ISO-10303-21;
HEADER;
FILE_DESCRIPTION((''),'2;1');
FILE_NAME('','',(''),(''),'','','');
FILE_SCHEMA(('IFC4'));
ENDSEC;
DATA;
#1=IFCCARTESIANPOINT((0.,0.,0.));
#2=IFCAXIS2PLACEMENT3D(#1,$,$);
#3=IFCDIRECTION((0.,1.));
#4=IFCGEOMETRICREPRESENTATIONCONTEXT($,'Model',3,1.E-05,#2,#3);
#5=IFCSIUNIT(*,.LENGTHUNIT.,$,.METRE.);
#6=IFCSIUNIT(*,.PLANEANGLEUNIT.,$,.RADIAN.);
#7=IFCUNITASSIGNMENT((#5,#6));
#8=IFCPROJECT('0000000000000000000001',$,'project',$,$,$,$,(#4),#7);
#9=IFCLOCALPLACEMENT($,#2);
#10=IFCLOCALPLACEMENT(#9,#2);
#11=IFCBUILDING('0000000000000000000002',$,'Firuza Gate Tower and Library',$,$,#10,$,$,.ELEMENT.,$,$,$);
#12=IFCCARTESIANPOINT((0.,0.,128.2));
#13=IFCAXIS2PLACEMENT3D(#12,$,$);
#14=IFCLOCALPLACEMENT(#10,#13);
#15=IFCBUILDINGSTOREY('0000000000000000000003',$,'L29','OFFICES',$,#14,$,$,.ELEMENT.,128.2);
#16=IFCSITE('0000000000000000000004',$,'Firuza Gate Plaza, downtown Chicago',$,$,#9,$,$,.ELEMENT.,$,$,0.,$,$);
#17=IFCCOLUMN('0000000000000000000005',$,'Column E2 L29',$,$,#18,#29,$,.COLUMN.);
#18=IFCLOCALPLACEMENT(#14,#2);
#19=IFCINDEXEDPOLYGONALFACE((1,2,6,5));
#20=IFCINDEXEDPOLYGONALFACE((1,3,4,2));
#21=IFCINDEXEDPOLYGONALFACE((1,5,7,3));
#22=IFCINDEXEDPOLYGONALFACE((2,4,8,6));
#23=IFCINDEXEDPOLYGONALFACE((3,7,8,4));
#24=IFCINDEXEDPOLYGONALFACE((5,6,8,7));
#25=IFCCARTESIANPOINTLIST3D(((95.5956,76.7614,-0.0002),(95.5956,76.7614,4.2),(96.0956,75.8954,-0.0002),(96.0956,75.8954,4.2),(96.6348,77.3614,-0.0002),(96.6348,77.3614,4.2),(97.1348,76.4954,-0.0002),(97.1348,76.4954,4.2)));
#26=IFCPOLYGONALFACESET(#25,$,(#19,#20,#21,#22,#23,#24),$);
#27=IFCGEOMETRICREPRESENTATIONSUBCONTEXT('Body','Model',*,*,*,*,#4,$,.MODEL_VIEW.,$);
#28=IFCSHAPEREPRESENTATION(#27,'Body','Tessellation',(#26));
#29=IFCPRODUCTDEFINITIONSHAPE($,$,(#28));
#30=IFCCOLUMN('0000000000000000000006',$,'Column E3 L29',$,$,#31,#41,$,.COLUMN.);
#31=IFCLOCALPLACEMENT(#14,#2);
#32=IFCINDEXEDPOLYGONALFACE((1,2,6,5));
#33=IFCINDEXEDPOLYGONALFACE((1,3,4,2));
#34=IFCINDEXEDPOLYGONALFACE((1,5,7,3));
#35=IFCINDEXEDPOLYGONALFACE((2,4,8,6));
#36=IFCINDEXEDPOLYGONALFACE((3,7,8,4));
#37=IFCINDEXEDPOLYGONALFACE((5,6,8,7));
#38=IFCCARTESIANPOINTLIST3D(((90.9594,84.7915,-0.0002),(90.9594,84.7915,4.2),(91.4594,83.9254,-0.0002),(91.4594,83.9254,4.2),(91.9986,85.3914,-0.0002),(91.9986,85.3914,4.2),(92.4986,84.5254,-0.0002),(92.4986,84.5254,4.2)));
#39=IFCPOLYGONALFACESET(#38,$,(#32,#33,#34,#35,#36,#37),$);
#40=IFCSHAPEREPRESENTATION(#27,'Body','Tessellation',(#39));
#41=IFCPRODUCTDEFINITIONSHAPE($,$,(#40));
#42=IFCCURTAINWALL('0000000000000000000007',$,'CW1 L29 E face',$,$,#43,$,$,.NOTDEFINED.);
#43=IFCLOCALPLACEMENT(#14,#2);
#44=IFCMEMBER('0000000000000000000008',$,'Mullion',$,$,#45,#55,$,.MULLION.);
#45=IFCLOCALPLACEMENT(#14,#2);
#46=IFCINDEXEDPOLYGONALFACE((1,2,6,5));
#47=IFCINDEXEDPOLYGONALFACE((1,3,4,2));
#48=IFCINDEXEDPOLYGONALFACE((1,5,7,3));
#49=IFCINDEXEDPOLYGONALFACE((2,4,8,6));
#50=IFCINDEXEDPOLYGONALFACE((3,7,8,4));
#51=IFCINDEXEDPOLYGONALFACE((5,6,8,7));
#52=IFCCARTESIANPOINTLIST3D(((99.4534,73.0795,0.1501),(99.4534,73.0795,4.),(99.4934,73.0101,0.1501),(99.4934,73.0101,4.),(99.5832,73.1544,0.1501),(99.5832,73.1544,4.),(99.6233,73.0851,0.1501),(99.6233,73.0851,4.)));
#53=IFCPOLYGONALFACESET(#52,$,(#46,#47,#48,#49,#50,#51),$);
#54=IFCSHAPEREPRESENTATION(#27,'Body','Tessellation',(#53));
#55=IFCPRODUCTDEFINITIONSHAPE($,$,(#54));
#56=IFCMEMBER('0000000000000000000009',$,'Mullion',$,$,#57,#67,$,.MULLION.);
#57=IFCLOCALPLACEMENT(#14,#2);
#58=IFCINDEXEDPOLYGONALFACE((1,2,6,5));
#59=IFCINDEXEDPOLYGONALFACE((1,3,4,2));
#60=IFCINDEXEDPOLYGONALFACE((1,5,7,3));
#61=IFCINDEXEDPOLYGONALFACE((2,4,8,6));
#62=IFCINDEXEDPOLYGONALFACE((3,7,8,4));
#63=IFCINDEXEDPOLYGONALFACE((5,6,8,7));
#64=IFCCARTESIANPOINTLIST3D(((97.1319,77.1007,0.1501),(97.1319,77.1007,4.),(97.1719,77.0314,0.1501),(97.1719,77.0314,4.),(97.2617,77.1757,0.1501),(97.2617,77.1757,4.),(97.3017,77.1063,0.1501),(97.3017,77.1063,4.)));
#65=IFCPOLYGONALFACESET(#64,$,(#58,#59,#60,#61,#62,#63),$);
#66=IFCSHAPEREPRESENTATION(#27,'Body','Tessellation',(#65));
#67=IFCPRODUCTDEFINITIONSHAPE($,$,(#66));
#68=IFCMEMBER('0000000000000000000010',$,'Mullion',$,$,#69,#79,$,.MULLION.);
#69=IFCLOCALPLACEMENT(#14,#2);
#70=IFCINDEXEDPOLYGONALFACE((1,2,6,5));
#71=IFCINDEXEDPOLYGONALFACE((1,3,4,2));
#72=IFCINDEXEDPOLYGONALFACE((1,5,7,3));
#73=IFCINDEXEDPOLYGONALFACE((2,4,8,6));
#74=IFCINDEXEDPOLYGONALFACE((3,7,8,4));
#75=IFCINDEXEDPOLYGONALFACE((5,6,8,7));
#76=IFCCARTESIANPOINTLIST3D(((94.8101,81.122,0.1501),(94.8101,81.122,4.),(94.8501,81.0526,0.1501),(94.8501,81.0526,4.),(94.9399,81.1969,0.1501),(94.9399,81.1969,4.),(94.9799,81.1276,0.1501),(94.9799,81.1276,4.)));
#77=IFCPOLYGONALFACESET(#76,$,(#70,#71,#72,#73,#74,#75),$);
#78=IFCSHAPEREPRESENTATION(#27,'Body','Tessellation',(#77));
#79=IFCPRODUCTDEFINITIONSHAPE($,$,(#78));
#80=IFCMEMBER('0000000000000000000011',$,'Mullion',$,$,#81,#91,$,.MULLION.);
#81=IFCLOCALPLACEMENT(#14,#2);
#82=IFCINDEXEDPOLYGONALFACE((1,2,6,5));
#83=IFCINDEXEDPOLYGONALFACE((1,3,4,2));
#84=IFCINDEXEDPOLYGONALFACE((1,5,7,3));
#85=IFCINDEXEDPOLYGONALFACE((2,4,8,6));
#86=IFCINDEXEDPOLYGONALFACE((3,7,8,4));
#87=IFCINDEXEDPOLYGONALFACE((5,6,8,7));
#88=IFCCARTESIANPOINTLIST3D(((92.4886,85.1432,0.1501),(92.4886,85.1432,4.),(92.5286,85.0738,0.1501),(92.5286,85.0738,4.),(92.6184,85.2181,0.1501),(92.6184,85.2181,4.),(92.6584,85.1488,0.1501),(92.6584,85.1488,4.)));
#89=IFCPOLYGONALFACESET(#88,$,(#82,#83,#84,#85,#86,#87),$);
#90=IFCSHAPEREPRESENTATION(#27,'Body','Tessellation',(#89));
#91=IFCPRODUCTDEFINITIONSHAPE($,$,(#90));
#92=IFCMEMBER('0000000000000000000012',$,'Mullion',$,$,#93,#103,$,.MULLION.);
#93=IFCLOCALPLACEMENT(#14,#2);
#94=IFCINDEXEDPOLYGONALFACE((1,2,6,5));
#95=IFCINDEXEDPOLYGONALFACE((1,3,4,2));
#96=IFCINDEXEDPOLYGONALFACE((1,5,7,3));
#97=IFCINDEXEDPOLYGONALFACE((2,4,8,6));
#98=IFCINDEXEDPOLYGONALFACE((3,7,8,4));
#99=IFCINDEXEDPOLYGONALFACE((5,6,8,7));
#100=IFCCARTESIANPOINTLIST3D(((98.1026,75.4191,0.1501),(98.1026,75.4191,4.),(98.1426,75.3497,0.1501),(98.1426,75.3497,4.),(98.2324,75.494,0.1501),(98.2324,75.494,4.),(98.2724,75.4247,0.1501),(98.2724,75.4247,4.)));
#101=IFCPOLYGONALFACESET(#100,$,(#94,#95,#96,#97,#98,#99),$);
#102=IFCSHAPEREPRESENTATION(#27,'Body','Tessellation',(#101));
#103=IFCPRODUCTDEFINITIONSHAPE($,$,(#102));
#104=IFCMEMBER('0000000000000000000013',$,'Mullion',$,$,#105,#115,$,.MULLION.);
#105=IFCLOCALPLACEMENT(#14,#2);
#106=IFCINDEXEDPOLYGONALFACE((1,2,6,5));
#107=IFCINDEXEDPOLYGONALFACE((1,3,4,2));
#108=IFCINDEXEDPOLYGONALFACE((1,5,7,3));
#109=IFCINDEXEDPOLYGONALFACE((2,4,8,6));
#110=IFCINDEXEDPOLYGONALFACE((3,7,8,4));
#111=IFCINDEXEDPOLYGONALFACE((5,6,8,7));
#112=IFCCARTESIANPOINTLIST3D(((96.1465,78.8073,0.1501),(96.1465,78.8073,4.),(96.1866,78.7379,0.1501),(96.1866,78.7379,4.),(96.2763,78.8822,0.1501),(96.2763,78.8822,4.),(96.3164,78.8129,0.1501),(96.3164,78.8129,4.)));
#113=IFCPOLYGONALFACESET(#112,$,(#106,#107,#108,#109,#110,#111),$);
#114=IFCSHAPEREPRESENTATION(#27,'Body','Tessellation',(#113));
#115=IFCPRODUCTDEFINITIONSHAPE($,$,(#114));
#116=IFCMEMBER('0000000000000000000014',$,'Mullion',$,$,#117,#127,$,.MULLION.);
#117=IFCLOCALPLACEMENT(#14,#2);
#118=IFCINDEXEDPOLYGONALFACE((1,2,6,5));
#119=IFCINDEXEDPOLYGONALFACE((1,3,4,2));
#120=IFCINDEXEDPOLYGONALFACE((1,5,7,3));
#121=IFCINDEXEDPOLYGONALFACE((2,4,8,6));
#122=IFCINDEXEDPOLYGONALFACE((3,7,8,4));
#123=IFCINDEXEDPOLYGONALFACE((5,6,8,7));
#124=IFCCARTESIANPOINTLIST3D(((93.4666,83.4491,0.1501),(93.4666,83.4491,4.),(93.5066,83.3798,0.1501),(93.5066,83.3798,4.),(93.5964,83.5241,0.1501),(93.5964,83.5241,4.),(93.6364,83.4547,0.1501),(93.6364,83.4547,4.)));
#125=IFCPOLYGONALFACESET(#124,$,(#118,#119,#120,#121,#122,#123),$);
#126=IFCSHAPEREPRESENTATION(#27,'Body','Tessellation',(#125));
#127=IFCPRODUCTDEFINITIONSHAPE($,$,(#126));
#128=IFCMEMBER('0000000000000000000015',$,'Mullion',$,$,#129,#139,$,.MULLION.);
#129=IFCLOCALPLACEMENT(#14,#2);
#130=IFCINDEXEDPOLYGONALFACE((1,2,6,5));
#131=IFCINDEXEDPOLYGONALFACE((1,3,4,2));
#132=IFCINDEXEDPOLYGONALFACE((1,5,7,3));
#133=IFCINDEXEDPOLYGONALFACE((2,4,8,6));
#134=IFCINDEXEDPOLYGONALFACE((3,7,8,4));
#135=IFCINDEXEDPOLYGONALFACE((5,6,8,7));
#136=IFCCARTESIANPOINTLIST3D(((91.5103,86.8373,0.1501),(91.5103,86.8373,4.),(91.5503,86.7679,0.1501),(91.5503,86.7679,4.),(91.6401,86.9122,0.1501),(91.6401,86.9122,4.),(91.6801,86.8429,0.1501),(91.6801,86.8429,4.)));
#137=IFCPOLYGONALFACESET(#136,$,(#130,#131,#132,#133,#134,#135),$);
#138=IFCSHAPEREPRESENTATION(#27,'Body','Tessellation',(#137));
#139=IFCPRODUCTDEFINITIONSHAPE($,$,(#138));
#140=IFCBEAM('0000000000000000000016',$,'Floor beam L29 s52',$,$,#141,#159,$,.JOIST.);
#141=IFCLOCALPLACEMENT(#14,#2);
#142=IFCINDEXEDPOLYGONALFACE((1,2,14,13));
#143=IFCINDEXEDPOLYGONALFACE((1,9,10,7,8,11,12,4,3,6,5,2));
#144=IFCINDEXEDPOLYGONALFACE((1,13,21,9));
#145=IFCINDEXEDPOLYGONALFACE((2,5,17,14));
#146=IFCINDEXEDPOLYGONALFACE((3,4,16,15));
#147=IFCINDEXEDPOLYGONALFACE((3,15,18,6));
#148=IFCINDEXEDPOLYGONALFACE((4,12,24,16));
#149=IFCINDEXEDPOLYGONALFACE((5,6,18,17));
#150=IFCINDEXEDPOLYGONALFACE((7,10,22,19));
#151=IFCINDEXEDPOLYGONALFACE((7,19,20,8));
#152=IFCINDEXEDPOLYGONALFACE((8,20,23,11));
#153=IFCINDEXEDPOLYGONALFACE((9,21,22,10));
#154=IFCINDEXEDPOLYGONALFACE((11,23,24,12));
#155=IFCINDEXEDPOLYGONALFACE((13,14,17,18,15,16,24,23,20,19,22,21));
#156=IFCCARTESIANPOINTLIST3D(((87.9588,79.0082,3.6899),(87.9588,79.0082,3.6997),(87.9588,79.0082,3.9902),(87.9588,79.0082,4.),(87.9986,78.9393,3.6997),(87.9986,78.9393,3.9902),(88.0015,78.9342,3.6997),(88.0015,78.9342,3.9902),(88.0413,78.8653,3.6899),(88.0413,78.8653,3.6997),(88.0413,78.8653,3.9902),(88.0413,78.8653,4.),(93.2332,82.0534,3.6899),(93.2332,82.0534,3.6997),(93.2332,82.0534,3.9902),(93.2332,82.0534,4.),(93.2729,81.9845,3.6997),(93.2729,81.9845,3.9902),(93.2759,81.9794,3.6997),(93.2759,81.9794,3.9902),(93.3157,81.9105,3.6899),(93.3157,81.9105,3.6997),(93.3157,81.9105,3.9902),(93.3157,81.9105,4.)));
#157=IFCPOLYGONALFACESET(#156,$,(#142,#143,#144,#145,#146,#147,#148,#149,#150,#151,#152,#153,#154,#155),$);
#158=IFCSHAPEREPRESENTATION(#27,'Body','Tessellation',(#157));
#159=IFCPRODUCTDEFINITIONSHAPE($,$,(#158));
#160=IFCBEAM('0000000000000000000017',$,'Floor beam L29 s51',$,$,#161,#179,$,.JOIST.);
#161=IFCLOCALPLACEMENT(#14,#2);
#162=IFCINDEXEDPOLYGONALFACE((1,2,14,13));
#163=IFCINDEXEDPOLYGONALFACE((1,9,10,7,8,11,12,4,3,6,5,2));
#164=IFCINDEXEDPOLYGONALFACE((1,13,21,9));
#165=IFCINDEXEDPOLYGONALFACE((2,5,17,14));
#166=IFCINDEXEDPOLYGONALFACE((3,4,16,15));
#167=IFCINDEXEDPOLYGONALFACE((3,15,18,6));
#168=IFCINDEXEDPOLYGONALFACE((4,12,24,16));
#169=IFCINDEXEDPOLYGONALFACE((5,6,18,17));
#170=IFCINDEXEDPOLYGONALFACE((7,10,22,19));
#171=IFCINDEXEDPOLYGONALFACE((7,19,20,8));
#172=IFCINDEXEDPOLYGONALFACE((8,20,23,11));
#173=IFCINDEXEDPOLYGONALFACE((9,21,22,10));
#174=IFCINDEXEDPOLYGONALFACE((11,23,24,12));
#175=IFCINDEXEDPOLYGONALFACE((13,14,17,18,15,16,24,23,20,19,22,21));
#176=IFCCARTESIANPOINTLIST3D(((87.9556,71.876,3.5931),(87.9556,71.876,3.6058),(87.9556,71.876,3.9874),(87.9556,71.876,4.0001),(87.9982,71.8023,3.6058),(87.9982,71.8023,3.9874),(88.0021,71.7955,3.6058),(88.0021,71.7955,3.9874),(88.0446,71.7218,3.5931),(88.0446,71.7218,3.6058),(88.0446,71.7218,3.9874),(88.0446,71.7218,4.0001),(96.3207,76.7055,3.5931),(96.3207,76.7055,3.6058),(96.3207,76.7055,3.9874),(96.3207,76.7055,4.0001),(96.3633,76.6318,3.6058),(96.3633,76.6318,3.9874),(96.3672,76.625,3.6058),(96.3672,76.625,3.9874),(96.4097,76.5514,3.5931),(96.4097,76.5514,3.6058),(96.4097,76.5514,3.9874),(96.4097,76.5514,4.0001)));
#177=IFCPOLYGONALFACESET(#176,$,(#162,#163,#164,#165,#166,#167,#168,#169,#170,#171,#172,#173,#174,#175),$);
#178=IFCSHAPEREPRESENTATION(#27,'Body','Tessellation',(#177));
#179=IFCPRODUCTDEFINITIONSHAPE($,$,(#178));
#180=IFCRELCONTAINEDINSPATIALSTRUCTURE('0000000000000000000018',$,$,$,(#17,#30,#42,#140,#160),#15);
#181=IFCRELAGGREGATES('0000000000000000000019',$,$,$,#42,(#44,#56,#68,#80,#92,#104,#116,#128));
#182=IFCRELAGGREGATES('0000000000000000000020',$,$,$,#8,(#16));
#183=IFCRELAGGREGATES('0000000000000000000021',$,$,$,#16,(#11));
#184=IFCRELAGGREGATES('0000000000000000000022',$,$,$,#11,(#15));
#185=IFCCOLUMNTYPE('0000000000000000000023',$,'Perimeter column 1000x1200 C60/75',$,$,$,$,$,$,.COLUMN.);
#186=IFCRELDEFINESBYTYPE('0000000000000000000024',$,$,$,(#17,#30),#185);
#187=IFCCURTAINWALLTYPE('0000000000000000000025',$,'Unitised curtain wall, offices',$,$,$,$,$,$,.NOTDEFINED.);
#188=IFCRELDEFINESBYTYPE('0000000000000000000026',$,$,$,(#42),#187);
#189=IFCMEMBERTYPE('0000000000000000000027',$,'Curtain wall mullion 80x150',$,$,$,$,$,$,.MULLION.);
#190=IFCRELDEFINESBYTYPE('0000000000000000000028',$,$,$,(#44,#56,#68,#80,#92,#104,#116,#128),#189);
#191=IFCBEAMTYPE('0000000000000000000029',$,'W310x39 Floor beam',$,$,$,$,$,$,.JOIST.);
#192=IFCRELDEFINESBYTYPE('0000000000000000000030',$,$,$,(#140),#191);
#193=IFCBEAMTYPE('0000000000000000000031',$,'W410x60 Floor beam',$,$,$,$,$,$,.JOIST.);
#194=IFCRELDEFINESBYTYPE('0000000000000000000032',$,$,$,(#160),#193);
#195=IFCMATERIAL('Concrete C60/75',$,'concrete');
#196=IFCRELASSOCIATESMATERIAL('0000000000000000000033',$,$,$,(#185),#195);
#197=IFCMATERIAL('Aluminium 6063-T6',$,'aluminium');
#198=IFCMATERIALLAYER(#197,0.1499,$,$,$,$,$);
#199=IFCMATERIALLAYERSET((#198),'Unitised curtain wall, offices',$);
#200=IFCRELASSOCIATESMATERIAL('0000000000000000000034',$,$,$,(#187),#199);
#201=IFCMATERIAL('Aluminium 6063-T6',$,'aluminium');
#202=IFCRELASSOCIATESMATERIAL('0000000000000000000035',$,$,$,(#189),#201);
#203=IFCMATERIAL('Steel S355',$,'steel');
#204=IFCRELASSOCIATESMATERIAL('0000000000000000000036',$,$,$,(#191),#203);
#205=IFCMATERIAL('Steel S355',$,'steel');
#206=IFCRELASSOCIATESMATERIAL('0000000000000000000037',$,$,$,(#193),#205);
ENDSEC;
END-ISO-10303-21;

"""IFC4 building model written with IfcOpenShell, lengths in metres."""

from ifc_helpers import new_model, si_unit, direction, frame, origin, origin_2d, place, context, subcontext, project, spatial, rectangle, i_section, extrude, material, layer, layer_set, material_profile, profile_set, type_object, element, aggregate, save


model = new_model("IFC4")

# Units and contexts
model_context = context("Model", 3, precision=1e-05, world=origin(), true_north=direction((0.0, 1.0)))
body_context = subcontext(model_context, "Body", "Model", "MODEL_VIEW")
ifc_project = project(units=[si_unit("LENGTHUNIT", "METRE"), si_unit("PLANEANGLEUNIT", "RADIAN")], contexts=[model_context])

# Site, building, storey
site_placement = place(None, origin())
site = spatial("IfcSite", under=ifc_project, at=site_placement, Name="Firuza Gate Plaza, downtown Chicago", CompositionType="ELEMENT", RefElevation=0.0)
building_placement = place(site_placement, origin())
building = spatial("IfcBuilding", under=site, at=building_placement, Name="Firuza Gate Tower and Library", CompositionType="ELEMENT")
storey_placement = place(building_placement, frame((0.0, 0.0, 128.2)))
storey = spatial("IfcBuildingStorey", under=building, at=storey_placement, Name="L29", Description="OFFICES", CompositionType="ELEMENT", Elevation=128.2)

# Columns
ifc_material_1 = material(Name="Concrete C60/75", Category="concrete")
ifc_material_profile_1 = material_profile(ifc_material_1, rectangle(XDim=1.0, YDim=1.2, at=origin_2d()))
ifc_profile_set_1 = profile_set([ifc_material_profile_1], Name="Concrete C60/75")
column_type = type_object("IfcColumnType", Name="Perimeter column 1000x1200 C60/75", PredefinedType="COLUMN", material=ifc_profile_set_1)
for number, where, z_axis, x_axis, name in (
    (1, (96.3652, 76.6284, -0.0002), (0.0, 0.0, 1.0), (-0.5, 0.866025, 0.0), "Column E2 L29"),
    (2, (91.729, 84.6584, -0.0002), (0.0, 0.0, 1.0), (-0.5, 0.866025, 0.0), "Column E3 L29"),
):
    element("IfcColumn", number, at=place(storey_placement, frame(where, z_axis=z_axis, x_axis=x_axis)), inside=storey, type_object=column_type, Name=name, PredefinedType="COLUMN", context=body_context, shape_type="SweptSolid", body=[
        extrude(rectangle(XDim=1.0, YDim=1.2, at=origin_2d()), origin(), (0.0, 0.0, 1.0), 4.2002),
    ])

# Curtain wall, members
ifc_material_2 = material(Name="Aluminium 6063-T6", Category="aluminium")
ifc_layer_1 = layer(ifc_material_2, 0.1499)
ifc_layer_set_1 = layer_set([ifc_layer_1], Name="Unitised curtain wall, offices")
curtain_wall_type = type_object("IfcCurtainWallType", Name="Unitised curtain wall, offices", PredefinedType="NOTDEFINED", material=ifc_layer_set_1)
curtain_wall_placement = place(storey_placement, origin())
curtain_wall = element("IfcCurtainWall", 3, at=curtain_wall_placement, inside=storey, type_object=curtain_wall_type, Name="CW1 L29 E face", PredefinedType="NOTDEFINED")
ifc_material_3 = material(Name="Aluminium 6063-T6", Category="aluminium")
ifc_material_profile_2 = material_profile(ifc_material_3, rectangle(XDim=0.1499, YDim=0.0801, at=origin_2d()))
ifc_profile_set_2 = profile_set([ifc_material_profile_2], Name="Aluminium 6063-T6")
member_type = type_object("IfcMemberType", Name="Curtain wall mullion 80x150", PredefinedType="MULLION", material=ifc_profile_set_2)
member_1_placement = place(storey_placement, frame((99.5383, 73.0823, 0.1501), z_axis=(0.0, 0.0, 1.0), x_axis=(-0.866025, -0.5, 0.0)))
member_1 = element("IfcMember", 4, at=member_1_placement, type_object=member_type, Name="Mullion", PredefinedType="MULLION", context=body_context, shape_type="SweptSolid", body=[
    extrude(rectangle(XDim=0.1499, YDim=0.0801, at=origin_2d()), origin(), (0.0, 0.0, 1.0), 3.8499),
])
member_2_placement = place(storey_placement, frame((97.2168, 77.1035, 0.1501), z_axis=(0.0, 0.0, 1.0), x_axis=(-0.866025, -0.5, 0.0)))
member_2 = element("IfcMember", 5, at=member_2_placement, type_object=member_type, Name="Mullion", PredefinedType="MULLION", context=body_context, shape_type="SweptSolid", body=[
    extrude(rectangle(XDim=0.1499, YDim=0.0801, at=origin_2d()), origin(), (0.0, 0.0, 1.0), 3.8499),
])
member_3_placement = place(storey_placement, frame((94.895, 81.1248, 0.1501), z_axis=(0.0, 0.0, 1.0), x_axis=(-0.866025, -0.5, 0.0)))
member_3 = element("IfcMember", 6, at=member_3_placement, type_object=member_type, Name="Mullion", PredefinedType="MULLION", context=body_context, shape_type="SweptSolid", body=[
    extrude(rectangle(XDim=0.1499, YDim=0.0801, at=origin_2d()), origin(), (0.0, 0.0, 1.0), 3.8499),
])
member_4_placement = place(storey_placement, frame((92.5735, 85.146, 0.1501), z_axis=(0.0, 0.0, 1.0), x_axis=(-0.866025, -0.5, 0.0)))
member_4 = element("IfcMember", 7, at=member_4_placement, type_object=member_type, Name="Mullion", PredefinedType="MULLION", context=body_context, shape_type="SweptSolid", body=[
    extrude(rectangle(XDim=0.1499, YDim=0.0801, at=origin_2d()), origin(), (0.0, 0.0, 1.0), 3.8499),
])
member_5_placement = place(storey_placement, frame((98.1875, 75.4219, 0.1501), z_axis=(0.0, 0.0, 1.0), x_axis=(-0.866025, -0.5, 0.0)))
member_5 = element("IfcMember", 8, at=member_5_placement, type_object=member_type, Name="Mullion", PredefinedType="MULLION", context=body_context, shape_type="SweptSolid", body=[
    extrude(rectangle(XDim=0.1499, YDim=0.0801, at=origin_2d()), origin(), (0.0, 0.0, 1.0), 3.8499),
])
member_6_placement = place(storey_placement, frame((96.2314, 78.8101, 0.1501), z_axis=(0.0, 0.0, 1.0), x_axis=(-0.866025, -0.5, 0.0)))
member_6 = element("IfcMember", 9, at=member_6_placement, type_object=member_type, Name="Mullion", PredefinedType="MULLION", context=body_context, shape_type="SweptSolid", body=[
    extrude(rectangle(XDim=0.1499, YDim=0.0801, at=origin_2d()), origin(), (0.0, 0.0, 1.0), 3.8499),
])
member_7_placement = place(storey_placement, frame((93.5515, 83.4519, 0.1501), z_axis=(0.0, 0.0, 1.0), x_axis=(-0.866025, -0.5, 0.0)))
member_7 = element("IfcMember", 10, at=member_7_placement, type_object=member_type, Name="Mullion", PredefinedType="MULLION", context=body_context, shape_type="SweptSolid", body=[
    extrude(rectangle(XDim=0.1499, YDim=0.0801, at=origin_2d()), origin(), (0.0, 0.0, 1.0), 3.8499),
])
member_8_placement = place(storey_placement, frame((91.5952, 86.8401, 0.1501), z_axis=(0.0, 0.0, 1.0), x_axis=(-0.866025, -0.5, 0.0)))
member_8 = element("IfcMember", 11, at=member_8_placement, type_object=member_type, Name="Mullion", PredefinedType="MULLION", context=body_context, shape_type="SweptSolid", body=[
    extrude(rectangle(XDim=0.1499, YDim=0.0801, at=origin_2d()), origin(), (0.0, 0.0, 1.0), 3.8499),
])

# Beams
ifc_material_4 = material(Name="Steel S355", Category="steel")
ifc_material_profile_3 = material_profile(ifc_material_4, i_section(OverallWidth=0.165, OverallDepth=0.3101, WebThickness=0.0059, FlangeThickness=0.0098, at=origin_2d()))
ifc_profile_set_3 = profile_set([ifc_material_profile_3], Name="Steel S355")
beam_type_1 = type_object("IfcBeamType", Name="W310x39 Floor beam", PredefinedType="JOIST", material=ifc_profile_set_3)
beam_1_placement = place(storey_placement, frame((93.2744, 81.9819, 3.845), z_axis=(-0.866027, -0.499998, 0.0), x_axis=(0.499998, -0.866027, 0.0)))
element("IfcBeam", 12, at=beam_1_placement, inside=storey, type_object=beam_type_1, Name="Floor beam L29 s52", PredefinedType="JOIST", context=body_context, shape_type="SweptSolid", body=[
    extrude(i_section(OverallWidth=0.165, OverallDepth=0.3101, WebThickness=0.0059, FlangeThickness=0.0098, at=origin_2d()), origin(), (0.0, 0.0, 1.0), 6.0903),
])
ifc_material_5 = material(Name="Steel S355", Category="steel")
ifc_material_profile_4 = material_profile(ifc_material_5, i_section(OverallWidth=0.178, OverallDepth=0.407, WebThickness=0.0078, FlangeThickness=0.0127, at=origin_2d()))
ifc_profile_set_4 = profile_set([ifc_material_profile_4], Name="Steel S355")
beam_type_2 = type_object("IfcBeamType", Name="W410x60 Floor beam", PredefinedType="JOIST", material=ifc_profile_set_4)
beam_2_placement = place(storey_placement, frame((96.3652, 76.6284, 3.7966), z_axis=(-0.866029, -0.499994, 0.0), x_axis=(0.499994, -0.866029, 0.0)))
element("IfcBeam", 13, at=beam_2_placement, inside=storey, type_object=beam_type_2, Name="Floor beam L29 s51", PredefinedType="JOIST", context=body_context, shape_type="SweptSolid", body=[
    extrude(i_section(OverallWidth=0.178, OverallDepth=0.407, WebThickness=0.0078, FlangeThickness=0.0127, at=origin_2d()), origin(), (0.0, 0.0, 1.0), 9.6592),
])

aggregate(curtain_wall, [member_1, member_2, member_3, member_4, member_5, member_6, member_7, member_8])

save(model, "model.ifc")
